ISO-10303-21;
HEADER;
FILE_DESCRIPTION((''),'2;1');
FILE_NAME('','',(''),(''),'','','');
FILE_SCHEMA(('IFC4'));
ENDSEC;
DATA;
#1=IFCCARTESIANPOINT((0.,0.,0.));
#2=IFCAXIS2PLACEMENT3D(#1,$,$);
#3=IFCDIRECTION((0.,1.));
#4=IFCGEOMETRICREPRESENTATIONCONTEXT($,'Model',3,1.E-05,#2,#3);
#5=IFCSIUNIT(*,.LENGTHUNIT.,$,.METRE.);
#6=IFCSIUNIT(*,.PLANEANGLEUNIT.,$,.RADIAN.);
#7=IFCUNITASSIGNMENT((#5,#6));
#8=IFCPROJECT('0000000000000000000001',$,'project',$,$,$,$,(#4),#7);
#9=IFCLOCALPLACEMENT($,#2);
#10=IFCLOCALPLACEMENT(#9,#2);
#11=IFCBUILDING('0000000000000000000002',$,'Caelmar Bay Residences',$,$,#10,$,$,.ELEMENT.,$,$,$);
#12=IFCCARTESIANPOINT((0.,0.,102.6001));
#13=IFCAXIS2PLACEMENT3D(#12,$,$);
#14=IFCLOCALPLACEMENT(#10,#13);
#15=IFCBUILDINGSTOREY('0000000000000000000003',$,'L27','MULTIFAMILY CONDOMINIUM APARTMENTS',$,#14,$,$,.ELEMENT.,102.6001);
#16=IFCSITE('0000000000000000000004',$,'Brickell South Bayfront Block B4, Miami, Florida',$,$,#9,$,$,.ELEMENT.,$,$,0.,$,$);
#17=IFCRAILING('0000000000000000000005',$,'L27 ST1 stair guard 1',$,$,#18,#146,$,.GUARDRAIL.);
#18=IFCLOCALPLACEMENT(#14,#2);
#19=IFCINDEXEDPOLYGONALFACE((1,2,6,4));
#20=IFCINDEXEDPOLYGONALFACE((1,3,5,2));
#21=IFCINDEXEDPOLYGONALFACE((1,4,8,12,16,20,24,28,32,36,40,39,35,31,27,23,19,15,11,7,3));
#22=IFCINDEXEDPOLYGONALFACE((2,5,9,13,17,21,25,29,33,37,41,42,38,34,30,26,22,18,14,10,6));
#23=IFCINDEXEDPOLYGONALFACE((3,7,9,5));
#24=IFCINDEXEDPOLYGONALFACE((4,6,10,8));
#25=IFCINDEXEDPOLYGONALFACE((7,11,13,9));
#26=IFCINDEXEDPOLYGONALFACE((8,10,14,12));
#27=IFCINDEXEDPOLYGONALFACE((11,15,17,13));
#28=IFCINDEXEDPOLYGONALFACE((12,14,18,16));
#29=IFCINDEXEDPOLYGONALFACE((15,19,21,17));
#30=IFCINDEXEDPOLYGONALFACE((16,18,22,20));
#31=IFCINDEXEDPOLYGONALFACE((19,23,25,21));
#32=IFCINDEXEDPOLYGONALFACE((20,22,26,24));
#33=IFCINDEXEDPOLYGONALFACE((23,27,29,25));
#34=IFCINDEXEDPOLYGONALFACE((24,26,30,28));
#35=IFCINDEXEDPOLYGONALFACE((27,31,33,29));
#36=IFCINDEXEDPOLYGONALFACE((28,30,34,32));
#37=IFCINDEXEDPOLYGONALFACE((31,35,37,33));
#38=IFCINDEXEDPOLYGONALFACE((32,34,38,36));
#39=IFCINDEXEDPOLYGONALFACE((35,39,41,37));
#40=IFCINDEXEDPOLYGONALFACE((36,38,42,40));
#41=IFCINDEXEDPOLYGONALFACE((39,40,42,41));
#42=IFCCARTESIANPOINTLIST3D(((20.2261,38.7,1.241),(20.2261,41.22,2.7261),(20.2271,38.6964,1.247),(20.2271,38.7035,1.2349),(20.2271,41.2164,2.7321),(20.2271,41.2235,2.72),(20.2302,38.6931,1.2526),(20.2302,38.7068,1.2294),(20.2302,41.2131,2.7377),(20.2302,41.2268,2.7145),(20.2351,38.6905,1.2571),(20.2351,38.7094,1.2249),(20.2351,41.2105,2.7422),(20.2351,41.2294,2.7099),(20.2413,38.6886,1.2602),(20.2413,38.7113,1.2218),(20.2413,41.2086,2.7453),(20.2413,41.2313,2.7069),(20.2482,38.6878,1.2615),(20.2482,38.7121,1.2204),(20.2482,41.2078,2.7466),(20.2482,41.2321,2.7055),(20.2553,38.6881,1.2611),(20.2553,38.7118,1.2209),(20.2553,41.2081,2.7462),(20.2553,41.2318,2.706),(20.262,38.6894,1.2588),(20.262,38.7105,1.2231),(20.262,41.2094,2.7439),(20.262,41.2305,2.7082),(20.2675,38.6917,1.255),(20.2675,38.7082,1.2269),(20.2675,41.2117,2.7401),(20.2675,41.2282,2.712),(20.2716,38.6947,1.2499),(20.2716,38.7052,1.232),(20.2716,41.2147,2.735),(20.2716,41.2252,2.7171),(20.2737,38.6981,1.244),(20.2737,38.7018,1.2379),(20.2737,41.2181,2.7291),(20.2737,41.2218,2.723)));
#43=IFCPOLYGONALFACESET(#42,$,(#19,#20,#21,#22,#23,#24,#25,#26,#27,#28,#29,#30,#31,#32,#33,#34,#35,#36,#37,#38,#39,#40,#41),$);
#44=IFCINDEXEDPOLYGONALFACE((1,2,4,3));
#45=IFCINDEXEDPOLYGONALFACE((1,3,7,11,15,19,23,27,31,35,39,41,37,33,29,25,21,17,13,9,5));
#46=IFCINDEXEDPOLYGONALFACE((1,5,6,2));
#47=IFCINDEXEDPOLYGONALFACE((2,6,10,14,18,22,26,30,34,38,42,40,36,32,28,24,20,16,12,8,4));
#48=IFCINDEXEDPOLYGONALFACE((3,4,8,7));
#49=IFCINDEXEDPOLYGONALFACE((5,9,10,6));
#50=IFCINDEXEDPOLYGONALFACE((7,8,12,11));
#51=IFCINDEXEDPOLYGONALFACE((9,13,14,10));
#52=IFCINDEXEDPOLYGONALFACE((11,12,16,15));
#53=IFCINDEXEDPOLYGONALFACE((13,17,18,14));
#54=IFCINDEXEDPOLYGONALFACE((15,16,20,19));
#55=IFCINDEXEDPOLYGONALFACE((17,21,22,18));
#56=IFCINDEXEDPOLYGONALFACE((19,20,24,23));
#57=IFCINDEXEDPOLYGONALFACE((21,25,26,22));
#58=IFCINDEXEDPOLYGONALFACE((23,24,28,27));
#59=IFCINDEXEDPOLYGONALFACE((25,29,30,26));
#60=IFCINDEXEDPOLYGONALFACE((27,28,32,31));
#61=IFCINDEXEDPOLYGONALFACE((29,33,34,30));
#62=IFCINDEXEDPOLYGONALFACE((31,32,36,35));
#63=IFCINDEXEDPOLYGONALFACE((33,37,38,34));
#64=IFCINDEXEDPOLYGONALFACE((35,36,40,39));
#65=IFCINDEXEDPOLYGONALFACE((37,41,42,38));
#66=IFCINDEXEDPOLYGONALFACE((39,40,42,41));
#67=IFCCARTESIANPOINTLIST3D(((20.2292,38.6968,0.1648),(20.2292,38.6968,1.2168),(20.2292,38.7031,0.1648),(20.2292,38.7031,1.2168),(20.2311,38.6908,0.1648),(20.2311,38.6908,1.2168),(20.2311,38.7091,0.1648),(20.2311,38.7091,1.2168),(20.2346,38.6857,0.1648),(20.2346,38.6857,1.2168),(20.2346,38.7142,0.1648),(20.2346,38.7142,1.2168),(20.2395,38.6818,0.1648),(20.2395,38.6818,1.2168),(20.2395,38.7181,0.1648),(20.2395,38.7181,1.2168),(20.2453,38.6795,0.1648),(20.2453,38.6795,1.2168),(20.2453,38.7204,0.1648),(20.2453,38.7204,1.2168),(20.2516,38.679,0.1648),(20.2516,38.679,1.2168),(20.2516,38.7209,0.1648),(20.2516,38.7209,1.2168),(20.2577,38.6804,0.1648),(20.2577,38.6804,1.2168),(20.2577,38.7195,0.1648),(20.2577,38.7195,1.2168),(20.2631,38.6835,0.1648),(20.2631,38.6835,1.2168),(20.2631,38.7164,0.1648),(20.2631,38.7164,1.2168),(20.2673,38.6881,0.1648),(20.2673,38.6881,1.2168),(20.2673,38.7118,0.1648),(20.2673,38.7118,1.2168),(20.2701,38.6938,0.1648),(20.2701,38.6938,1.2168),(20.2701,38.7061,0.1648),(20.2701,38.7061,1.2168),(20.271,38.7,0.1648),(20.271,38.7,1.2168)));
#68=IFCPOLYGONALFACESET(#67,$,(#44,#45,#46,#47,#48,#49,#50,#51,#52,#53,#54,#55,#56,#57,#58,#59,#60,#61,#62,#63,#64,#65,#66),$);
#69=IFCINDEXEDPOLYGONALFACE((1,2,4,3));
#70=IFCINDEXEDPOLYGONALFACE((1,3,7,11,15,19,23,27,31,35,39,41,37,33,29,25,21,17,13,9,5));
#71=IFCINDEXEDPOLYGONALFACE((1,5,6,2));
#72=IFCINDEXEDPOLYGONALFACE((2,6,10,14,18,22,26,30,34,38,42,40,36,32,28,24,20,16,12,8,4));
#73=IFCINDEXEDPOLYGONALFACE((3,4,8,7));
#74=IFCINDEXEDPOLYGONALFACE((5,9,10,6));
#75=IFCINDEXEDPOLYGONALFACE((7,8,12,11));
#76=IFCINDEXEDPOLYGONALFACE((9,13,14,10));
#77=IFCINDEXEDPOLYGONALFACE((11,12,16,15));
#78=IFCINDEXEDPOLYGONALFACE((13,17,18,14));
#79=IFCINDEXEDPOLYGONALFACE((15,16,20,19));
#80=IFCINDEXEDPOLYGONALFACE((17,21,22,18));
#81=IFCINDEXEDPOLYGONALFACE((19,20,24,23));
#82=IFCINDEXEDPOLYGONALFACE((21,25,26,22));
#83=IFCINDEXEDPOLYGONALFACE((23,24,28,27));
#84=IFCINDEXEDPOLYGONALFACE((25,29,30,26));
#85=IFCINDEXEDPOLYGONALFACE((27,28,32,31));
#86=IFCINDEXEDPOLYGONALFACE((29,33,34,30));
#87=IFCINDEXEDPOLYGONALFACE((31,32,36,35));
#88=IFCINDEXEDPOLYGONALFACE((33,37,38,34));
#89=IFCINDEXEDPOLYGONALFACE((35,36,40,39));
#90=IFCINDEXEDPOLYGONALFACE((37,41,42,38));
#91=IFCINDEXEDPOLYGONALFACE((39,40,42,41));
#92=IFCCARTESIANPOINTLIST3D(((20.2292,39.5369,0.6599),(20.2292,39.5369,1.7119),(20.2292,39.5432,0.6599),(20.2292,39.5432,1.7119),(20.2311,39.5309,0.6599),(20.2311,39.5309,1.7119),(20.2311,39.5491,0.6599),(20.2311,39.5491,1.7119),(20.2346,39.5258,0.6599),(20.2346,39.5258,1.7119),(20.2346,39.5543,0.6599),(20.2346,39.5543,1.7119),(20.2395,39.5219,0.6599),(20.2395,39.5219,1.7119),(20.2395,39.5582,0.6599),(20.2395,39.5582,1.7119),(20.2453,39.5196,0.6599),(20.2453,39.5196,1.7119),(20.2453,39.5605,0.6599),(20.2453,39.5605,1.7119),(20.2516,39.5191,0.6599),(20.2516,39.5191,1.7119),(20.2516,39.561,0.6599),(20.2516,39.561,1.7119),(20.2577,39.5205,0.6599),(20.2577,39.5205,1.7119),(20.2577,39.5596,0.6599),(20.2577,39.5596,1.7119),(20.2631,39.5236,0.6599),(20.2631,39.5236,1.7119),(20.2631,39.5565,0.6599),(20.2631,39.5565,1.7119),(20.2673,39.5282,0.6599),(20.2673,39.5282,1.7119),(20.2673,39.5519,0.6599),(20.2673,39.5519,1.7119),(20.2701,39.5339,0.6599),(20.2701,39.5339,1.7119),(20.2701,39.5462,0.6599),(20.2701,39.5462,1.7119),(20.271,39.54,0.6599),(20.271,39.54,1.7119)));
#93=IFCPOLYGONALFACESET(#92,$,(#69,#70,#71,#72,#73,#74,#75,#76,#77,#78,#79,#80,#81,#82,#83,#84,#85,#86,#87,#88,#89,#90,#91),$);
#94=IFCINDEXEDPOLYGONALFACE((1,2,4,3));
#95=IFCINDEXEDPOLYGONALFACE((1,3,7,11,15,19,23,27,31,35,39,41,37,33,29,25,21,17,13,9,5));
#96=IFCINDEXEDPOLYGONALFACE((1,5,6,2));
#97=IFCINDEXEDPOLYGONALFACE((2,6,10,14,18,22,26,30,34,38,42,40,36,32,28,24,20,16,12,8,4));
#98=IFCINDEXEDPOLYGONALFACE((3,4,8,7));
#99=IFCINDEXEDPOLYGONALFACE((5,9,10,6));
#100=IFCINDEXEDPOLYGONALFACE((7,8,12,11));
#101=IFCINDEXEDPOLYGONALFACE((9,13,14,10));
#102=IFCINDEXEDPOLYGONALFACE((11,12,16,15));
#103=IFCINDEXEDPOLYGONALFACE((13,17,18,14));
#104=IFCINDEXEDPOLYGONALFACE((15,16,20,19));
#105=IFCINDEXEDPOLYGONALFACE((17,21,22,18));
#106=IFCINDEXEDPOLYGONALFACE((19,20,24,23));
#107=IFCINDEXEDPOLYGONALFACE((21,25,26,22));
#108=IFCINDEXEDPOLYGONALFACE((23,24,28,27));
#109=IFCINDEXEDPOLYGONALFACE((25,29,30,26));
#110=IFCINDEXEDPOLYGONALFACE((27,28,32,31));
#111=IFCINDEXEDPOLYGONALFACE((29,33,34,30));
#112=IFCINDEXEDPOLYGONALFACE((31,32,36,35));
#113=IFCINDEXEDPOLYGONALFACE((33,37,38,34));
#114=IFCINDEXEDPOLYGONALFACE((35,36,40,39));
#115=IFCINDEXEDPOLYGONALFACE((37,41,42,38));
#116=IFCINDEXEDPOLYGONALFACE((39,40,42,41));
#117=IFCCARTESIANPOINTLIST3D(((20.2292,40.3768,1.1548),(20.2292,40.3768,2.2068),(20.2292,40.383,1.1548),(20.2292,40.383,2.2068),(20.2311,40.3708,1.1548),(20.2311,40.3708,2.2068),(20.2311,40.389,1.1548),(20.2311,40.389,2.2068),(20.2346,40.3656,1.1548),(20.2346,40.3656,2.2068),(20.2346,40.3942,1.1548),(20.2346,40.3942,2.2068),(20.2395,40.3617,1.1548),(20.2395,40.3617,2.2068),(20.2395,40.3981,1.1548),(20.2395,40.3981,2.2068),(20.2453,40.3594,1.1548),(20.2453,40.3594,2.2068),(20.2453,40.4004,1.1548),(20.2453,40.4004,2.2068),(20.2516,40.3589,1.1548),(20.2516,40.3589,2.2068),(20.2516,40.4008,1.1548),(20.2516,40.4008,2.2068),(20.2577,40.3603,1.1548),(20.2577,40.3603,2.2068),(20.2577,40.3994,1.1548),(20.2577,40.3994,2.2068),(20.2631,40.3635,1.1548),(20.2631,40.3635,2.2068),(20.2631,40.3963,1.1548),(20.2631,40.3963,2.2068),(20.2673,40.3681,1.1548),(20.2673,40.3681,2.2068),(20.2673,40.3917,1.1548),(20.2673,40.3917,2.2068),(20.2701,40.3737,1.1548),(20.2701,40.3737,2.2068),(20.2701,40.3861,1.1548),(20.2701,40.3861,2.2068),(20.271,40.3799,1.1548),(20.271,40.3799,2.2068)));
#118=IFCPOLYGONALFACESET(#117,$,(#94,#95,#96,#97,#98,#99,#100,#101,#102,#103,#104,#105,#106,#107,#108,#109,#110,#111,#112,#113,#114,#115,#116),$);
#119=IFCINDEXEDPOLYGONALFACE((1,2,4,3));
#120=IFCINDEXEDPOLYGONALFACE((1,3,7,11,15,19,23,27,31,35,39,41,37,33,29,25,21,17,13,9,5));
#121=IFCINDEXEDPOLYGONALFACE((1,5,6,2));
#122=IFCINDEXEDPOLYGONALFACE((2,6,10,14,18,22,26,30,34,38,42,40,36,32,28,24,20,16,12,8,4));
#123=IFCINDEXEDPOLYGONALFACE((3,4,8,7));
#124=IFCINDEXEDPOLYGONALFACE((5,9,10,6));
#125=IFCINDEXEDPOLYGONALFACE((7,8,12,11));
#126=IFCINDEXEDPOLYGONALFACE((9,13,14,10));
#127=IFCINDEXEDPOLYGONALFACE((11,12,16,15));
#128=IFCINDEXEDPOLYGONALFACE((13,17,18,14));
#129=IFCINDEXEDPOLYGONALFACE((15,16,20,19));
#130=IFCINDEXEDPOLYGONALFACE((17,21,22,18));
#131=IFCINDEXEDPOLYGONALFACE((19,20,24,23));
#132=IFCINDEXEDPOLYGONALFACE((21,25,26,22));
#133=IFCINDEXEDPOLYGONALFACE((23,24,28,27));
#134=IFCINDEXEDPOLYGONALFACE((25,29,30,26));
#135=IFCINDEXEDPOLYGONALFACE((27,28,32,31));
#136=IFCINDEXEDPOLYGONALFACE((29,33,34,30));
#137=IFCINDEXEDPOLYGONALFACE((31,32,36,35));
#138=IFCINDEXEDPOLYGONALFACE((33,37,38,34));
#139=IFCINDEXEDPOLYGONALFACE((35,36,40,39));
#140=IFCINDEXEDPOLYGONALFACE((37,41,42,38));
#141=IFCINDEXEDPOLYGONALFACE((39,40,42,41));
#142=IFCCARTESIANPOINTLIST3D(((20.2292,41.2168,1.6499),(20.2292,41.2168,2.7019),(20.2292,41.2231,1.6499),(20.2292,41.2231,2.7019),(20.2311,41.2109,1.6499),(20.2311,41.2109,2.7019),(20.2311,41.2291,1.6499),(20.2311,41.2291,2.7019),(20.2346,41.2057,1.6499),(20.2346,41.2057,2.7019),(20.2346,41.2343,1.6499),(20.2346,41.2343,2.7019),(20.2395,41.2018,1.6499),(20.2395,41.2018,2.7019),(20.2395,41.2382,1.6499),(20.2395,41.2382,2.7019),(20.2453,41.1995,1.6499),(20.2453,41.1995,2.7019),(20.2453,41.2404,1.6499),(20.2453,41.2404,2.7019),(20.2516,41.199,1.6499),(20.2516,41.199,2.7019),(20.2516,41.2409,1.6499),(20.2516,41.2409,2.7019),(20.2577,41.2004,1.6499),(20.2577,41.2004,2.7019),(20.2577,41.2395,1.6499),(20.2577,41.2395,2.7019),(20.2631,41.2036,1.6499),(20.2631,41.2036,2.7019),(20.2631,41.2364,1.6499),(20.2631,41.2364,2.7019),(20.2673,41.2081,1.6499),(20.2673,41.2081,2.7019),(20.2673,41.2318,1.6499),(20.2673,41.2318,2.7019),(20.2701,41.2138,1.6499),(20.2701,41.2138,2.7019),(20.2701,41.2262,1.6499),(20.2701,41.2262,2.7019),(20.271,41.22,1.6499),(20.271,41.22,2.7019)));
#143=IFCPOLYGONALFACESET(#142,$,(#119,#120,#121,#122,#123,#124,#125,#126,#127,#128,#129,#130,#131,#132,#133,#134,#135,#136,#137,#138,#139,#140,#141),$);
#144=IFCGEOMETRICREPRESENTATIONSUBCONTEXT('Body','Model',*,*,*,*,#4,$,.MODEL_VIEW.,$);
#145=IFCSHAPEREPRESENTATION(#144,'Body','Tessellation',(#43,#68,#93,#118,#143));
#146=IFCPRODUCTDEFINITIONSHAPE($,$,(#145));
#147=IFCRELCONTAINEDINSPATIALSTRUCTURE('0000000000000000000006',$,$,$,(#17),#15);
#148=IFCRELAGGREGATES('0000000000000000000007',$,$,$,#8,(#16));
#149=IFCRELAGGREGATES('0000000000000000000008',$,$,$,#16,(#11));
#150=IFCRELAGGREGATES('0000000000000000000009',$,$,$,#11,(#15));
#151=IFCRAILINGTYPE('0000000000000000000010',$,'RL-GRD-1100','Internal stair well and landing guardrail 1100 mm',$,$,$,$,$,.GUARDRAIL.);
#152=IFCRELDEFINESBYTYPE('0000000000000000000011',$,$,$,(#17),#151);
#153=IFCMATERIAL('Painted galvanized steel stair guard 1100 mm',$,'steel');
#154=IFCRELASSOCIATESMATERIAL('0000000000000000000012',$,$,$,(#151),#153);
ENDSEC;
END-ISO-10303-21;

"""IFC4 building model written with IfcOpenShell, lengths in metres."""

from ifc_helpers import new_model, si_unit, direction, frame, origin, origin_2d, place, context, subcontext, project, spatial, circle, extrude, material, type_object, element, save


model = new_model("IFC4")

# Units and contexts
model_context = context("Model", 3, precision=1e-05, world=origin(), true_north=direction((0.0, 1.0)))
body_context = subcontext(model_context, "Body", "Model", "MODEL_VIEW")
ifc_project = project(units=[si_unit("LENGTHUNIT", "METRE"), si_unit("PLANEANGLEUNIT", "RADIAN")], contexts=[model_context])

# Site, building, storey
site_placement = place(None, origin())
site = spatial("IfcSite", under=ifc_project, at=site_placement, Name="Brickell South Bayfront Block B4, Miami, Florida", CompositionType="ELEMENT", RefElevation=0.0)
building_placement = place(site_placement, origin())
building = spatial("IfcBuilding", under=site, at=building_placement, Name="Caelmar Bay Residences", CompositionType="ELEMENT")
storey_placement = place(building_placement, frame((0.0, 0.0, 102.6001)))
storey = spatial("IfcBuildingStorey", under=building, at=storey_placement, Name="L27", Description="MULTIFAMILY CONDOMINIUM APARTMENTS", CompositionType="ELEMENT", Elevation=102.6001)

# Railing
ifc_material_1 = material(Name="Painted galvanized steel stair guard 1100 mm", Category="steel")
railing_type_1 = type_object("IfcRailingType", Name="RL-GRD-1100", Description="Internal stair well and landing guardrail 1100 mm", PredefinedType="GUARDRAIL", material=ifc_material_1)
railing_1_placement = place(storey_placement, frame((20.25, 38.7, 0.1648)))
element("IfcRailing", 1, at=railing_1_placement, inside=storey, type_object=railing_type_1, Name="L27 ST1 stair guard 1", PredefinedType="GUARDRAIL", context=body_context, shape_type="SweptSolid", body=[
    extrude(circle(Radius=0.0239, at=origin_2d()), frame((0.0, 0.0, 1.0762), z_axis=(0.0, 0.861524, 0.507717), x_axis=(-1.0, 0.0, 0.0)), (0.0, 0.0, 1.0), 2.925),
    extrude(circle(Radius=0.021, at=origin_2d()), origin(), (0.0, 0.0, 1.0), 1.052),
    extrude(circle(Radius=0.021, at=origin_2d()), frame((0.0, 0.8401, 0.4951)), (0.0, 0.0, 1.0), 1.052),
    extrude(circle(Radius=0.021, at=origin_2d()), frame((0.0, 1.6799, 0.99)), (0.0, 0.0, 1.0), 1.052),
    extrude(circle(Radius=0.021, at=origin_2d()), frame((0.0, 2.52, 1.4851)), (0.0, 0.0, 1.0), 1.052),
])

save(model, "model.ifc")
